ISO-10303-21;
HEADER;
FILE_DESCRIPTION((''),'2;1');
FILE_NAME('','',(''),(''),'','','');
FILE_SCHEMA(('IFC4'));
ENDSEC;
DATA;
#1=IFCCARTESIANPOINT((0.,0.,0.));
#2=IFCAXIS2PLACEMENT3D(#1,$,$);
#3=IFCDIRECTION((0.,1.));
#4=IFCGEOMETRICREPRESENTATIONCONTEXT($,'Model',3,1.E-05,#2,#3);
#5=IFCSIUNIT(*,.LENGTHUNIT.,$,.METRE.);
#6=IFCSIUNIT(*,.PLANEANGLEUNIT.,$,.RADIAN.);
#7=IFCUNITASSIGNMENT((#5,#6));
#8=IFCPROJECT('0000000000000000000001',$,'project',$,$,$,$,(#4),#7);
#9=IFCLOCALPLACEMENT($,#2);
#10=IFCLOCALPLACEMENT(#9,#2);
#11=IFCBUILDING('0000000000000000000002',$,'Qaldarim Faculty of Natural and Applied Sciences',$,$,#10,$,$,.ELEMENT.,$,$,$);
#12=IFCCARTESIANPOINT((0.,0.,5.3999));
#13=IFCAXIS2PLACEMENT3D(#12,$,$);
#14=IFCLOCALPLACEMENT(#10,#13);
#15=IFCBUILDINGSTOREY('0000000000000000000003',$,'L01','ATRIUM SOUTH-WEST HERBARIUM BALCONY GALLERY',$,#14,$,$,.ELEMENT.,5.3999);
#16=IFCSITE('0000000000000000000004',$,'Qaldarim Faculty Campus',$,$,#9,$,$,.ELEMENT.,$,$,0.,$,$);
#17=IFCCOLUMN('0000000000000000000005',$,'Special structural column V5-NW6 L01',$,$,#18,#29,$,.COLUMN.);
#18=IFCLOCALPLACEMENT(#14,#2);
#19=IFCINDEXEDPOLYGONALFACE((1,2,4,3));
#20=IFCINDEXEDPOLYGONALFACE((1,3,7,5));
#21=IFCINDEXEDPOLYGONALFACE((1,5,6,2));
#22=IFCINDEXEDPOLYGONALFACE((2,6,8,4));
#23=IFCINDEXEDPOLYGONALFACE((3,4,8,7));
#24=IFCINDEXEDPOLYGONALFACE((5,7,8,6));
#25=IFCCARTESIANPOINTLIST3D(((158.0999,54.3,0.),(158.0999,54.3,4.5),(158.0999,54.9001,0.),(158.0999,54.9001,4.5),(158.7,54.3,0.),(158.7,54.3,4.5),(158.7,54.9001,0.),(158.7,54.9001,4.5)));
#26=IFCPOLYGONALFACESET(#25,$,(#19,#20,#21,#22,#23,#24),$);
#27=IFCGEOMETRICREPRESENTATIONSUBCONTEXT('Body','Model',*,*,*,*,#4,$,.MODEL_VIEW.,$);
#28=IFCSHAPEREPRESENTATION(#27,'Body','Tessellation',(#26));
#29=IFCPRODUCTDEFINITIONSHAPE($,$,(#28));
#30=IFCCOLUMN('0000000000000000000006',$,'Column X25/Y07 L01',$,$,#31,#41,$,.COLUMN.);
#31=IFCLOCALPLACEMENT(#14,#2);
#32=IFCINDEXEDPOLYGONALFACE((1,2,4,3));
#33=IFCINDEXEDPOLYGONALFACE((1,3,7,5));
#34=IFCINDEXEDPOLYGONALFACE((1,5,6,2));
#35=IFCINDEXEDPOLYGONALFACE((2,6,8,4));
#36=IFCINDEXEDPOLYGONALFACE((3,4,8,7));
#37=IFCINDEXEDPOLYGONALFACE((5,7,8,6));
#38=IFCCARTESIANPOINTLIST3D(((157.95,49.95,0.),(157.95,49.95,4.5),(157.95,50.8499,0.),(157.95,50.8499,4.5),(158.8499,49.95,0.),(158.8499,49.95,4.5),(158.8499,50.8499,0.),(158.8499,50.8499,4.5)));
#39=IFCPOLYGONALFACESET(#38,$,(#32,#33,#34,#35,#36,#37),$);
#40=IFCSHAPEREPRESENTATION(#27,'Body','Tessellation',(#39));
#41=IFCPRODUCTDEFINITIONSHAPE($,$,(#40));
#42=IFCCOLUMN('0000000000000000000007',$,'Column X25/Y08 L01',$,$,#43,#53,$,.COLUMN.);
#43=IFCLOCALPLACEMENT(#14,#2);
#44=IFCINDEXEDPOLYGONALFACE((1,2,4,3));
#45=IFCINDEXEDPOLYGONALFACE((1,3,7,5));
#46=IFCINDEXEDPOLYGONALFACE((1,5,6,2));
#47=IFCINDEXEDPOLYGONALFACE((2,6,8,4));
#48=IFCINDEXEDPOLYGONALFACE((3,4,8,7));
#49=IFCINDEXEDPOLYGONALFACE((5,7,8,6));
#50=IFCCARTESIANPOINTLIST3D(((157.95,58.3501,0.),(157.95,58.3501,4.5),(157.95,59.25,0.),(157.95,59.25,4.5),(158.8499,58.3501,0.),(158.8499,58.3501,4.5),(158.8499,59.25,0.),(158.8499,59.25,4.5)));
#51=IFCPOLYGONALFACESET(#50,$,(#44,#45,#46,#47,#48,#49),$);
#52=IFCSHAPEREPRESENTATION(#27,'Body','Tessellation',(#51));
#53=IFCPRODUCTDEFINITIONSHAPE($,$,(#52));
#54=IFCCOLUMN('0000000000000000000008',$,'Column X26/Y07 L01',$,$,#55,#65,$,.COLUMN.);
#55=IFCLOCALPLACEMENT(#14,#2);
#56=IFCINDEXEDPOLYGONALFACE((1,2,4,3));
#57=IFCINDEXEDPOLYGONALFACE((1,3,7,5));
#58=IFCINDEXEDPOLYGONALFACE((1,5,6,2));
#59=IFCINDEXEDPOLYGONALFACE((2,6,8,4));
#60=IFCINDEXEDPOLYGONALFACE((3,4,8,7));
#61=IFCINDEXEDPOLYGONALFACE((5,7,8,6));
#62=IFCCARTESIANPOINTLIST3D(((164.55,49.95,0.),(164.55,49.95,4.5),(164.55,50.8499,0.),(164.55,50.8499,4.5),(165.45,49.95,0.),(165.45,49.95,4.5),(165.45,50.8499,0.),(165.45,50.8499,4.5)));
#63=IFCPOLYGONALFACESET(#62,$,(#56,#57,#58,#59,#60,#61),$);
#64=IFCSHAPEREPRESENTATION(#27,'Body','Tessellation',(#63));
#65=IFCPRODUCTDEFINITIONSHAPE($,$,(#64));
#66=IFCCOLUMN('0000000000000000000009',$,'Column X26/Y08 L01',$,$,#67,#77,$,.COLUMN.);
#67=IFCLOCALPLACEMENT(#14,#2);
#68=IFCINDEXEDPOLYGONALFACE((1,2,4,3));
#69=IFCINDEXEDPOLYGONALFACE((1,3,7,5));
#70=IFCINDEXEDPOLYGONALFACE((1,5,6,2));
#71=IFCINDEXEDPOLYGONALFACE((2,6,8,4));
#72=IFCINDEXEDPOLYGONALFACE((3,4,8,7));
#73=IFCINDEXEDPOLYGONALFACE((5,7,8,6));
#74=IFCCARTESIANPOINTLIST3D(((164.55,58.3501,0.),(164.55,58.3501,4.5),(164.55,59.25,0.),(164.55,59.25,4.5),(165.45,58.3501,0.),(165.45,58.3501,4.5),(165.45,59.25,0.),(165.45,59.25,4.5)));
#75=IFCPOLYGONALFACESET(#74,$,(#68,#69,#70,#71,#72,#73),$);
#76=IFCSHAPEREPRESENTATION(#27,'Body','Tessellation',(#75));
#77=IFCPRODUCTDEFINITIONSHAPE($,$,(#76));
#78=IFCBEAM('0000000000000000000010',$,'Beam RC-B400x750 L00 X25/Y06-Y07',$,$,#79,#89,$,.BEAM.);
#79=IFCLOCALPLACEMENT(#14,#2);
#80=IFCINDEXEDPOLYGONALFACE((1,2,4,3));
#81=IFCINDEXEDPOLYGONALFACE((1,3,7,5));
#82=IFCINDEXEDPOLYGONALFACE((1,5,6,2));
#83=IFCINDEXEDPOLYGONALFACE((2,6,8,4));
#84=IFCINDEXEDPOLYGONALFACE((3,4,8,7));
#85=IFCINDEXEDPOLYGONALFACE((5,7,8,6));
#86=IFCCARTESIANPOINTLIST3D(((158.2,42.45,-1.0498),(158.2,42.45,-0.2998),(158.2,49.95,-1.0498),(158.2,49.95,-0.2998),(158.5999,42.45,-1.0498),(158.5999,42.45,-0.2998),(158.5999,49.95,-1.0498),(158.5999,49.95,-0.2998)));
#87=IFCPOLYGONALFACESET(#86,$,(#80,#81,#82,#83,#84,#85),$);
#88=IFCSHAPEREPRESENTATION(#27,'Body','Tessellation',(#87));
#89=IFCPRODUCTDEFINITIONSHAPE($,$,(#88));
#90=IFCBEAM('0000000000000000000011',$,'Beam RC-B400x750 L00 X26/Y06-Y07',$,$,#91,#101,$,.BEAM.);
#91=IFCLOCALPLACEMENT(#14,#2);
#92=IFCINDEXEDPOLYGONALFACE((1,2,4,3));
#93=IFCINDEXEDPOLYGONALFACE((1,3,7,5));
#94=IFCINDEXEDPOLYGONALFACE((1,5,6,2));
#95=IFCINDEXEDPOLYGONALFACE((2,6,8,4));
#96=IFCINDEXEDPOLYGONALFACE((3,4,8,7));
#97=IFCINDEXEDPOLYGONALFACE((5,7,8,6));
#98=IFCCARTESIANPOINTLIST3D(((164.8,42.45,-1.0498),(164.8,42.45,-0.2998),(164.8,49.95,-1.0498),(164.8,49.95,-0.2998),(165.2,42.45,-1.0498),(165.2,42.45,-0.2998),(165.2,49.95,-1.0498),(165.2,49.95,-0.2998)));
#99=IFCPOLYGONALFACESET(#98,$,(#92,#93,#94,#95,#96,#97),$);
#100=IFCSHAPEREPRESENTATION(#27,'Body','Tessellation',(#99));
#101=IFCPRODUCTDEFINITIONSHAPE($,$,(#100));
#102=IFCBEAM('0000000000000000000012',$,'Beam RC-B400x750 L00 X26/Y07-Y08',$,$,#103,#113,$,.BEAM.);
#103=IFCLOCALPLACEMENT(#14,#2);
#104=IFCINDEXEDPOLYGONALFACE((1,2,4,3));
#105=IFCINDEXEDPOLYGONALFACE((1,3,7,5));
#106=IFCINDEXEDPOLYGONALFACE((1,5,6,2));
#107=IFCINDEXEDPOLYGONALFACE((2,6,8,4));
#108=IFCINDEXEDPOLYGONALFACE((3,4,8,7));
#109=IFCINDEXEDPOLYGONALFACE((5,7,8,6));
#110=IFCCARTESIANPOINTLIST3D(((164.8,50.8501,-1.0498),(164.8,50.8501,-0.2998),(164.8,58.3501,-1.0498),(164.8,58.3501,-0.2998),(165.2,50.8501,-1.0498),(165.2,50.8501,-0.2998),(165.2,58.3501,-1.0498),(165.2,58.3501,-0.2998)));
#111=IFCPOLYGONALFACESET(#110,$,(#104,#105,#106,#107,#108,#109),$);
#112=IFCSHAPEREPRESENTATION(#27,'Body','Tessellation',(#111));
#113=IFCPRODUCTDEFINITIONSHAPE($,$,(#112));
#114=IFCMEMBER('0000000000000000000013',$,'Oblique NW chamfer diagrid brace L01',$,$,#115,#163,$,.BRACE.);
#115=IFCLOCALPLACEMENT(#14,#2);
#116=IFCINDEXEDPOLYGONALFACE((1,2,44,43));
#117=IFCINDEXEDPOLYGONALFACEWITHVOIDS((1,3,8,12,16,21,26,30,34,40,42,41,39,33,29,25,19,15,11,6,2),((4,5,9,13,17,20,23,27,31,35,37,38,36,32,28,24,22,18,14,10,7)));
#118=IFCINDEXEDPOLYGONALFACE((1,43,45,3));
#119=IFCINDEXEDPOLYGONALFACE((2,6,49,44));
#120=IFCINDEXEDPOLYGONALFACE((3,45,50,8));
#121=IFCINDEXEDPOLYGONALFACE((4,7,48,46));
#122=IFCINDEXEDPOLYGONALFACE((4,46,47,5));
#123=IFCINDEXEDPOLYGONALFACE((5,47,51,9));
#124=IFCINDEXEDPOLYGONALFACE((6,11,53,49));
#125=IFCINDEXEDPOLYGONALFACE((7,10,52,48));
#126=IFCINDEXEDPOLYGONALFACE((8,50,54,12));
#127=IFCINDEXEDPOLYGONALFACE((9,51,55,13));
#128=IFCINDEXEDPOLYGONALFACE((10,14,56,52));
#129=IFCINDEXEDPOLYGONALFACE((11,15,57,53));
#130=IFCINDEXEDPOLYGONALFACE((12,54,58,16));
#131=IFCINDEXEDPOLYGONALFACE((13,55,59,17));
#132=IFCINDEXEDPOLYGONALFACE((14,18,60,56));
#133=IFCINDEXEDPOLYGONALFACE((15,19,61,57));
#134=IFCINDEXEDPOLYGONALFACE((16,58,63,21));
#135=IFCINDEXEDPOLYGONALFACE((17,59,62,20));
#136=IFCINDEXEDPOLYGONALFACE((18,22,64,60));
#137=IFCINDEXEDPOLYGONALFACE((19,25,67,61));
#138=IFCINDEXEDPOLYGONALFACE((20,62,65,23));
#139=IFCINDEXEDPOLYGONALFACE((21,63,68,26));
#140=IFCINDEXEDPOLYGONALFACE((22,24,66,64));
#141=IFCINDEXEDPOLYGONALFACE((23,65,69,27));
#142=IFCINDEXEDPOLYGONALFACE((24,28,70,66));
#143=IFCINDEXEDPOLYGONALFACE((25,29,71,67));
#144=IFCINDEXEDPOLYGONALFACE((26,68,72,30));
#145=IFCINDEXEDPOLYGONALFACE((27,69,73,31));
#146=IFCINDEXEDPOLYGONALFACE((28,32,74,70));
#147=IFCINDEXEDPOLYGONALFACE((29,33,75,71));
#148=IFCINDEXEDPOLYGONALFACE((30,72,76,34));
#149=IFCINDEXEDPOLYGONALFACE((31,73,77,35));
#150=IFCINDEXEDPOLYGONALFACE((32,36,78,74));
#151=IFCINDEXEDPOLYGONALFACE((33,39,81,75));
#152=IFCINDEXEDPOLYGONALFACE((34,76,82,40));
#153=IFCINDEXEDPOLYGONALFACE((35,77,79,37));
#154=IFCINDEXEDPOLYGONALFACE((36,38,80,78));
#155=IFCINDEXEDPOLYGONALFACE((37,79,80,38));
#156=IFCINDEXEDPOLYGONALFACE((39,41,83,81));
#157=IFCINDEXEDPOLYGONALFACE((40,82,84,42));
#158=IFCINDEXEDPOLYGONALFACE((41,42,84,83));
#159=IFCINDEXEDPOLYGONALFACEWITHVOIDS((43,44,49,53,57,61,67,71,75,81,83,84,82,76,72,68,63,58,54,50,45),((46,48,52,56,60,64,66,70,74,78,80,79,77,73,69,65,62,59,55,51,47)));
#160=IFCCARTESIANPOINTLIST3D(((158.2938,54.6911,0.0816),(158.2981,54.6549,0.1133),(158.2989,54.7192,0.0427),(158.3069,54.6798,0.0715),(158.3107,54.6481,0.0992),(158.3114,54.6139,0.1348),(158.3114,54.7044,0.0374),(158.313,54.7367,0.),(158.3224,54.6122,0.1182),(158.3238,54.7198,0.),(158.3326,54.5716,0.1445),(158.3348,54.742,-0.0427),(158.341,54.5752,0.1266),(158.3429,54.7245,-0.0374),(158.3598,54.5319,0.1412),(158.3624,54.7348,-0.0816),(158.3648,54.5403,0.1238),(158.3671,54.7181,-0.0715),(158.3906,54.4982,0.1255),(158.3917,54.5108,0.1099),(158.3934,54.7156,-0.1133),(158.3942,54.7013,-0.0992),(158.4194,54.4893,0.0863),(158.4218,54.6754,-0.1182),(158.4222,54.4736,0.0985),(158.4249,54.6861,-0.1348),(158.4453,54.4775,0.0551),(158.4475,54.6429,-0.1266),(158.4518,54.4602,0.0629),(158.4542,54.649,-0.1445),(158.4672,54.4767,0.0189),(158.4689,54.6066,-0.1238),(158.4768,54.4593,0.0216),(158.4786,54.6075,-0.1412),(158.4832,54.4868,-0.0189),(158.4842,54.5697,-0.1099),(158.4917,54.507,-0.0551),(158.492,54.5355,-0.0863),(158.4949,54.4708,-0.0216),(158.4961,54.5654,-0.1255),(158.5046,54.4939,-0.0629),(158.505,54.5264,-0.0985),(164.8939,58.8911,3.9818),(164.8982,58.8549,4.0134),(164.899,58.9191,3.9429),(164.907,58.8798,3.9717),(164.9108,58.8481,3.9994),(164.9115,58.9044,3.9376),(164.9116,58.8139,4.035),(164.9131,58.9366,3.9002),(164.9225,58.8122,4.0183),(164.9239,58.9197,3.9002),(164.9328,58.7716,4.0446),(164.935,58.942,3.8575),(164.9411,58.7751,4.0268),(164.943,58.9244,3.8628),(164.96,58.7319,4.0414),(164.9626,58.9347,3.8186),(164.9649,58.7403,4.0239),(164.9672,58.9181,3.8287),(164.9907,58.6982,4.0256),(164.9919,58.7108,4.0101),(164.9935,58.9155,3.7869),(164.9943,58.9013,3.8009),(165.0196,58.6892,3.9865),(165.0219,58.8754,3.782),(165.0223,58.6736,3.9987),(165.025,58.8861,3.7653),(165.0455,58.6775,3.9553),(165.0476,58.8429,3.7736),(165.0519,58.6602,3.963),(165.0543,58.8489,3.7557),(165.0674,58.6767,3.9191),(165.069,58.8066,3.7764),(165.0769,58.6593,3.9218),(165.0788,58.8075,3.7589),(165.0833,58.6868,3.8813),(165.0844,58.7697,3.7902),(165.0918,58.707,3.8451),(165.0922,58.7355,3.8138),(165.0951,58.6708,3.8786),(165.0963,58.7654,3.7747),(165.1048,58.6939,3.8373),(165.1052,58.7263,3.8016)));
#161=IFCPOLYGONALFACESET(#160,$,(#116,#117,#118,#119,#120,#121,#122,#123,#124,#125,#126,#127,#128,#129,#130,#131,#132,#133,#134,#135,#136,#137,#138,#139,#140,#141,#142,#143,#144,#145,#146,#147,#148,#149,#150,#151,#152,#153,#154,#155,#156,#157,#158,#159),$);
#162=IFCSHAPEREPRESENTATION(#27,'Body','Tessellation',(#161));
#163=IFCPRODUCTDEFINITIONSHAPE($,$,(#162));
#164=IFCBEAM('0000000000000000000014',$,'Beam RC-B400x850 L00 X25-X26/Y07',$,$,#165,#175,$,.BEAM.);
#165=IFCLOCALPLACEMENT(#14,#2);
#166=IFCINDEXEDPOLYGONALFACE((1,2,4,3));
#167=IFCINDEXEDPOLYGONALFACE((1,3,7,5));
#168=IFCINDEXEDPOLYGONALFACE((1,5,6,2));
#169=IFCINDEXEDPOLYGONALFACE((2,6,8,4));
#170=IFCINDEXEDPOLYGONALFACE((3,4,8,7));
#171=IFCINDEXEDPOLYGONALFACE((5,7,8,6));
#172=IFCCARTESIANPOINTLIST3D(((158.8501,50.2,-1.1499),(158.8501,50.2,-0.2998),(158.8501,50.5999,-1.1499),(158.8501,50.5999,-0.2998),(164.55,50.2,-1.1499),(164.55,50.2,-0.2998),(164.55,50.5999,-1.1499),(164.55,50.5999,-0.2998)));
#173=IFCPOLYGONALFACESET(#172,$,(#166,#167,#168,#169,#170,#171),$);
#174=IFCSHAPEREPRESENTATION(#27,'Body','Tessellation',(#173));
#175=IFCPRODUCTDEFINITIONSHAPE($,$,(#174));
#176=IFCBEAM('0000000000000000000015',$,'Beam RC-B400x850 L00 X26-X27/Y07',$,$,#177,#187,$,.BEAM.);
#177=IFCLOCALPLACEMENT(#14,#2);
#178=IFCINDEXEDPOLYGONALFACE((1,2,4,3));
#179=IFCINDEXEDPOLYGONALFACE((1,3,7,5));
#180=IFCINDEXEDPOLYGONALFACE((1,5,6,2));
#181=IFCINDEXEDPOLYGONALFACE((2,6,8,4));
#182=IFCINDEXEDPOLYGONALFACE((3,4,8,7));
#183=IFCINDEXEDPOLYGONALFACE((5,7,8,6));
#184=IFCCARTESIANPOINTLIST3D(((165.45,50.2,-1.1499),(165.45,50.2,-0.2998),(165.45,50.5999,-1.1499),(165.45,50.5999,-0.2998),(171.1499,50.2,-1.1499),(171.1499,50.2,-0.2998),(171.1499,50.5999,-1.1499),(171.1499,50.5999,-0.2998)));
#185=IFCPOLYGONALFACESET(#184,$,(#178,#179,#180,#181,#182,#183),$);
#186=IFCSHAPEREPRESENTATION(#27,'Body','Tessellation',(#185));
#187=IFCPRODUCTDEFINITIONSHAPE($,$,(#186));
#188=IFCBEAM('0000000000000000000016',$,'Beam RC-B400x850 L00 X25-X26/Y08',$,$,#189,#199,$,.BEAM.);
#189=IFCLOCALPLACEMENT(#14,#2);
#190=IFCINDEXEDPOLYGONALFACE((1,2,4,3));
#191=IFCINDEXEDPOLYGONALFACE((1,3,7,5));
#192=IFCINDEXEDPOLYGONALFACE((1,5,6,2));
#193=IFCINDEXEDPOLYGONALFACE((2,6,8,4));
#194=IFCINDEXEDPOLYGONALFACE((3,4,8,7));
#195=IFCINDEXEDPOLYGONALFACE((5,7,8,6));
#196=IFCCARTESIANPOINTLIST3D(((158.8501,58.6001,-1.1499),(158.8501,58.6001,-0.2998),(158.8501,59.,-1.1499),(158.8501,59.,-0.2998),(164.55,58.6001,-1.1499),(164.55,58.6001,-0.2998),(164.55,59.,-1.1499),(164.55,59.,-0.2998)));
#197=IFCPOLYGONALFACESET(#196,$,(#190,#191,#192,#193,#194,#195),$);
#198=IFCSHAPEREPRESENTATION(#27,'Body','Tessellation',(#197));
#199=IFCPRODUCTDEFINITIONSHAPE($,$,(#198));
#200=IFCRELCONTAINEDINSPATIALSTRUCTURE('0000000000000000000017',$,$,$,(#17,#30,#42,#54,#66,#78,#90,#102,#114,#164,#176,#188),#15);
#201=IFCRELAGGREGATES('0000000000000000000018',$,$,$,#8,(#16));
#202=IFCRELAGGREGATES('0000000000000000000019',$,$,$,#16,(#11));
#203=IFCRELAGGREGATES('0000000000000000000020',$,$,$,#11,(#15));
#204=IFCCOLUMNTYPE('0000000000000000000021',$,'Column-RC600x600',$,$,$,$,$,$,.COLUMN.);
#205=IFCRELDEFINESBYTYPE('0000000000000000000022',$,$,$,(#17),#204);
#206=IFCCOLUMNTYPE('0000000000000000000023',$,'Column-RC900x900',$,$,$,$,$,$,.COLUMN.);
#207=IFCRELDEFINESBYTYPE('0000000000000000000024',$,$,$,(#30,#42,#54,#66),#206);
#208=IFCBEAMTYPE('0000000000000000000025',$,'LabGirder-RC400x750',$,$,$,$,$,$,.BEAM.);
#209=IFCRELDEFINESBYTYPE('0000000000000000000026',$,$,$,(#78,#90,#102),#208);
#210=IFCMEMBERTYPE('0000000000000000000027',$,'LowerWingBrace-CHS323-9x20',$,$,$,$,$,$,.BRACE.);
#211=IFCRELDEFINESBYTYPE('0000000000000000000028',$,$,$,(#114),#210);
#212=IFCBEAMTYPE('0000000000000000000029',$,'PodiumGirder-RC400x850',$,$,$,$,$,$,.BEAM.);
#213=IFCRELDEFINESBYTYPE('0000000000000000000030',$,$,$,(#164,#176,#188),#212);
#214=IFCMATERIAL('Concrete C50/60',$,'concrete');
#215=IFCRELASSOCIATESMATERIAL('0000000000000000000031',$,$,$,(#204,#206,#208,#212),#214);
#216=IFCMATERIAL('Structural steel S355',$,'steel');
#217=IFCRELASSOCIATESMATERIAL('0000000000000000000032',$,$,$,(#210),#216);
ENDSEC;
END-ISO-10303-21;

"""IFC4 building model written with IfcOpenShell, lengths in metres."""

from ifc_helpers import new_model, si_unit, direction, frame, origin, origin_2d, place, context, subcontext, project, spatial, rectangle, hollow_circle, extrude, material, material_profile, profile_set, type_object, element, save


model = new_model("IFC4")

# Units and contexts
model_context = context("Model", 3, precision=1e-05, world=origin(), true_north=direction((0.0, 1.0)))
body_context = subcontext(model_context, "Body", "Model", "MODEL_VIEW")
ifc_project = project(units=[si_unit("LENGTHUNIT", "METRE"), si_unit("PLANEANGLEUNIT", "RADIAN")], contexts=[model_context])

# Site, building, storey
site_placement = place(None, origin())
site = spatial("IfcSite", under=ifc_project, at=site_placement, Name="Qaldarim Faculty Campus", CompositionType="ELEMENT", RefElevation=0.0)
building_placement = place(site_placement, origin())
building = spatial("IfcBuilding", under=site, at=building_placement, Name="Qaldarim Faculty of Natural and Applied Sciences", CompositionType="ELEMENT")
storey_placement = place(building_placement, frame((0.0, 0.0, 5.3999)))
storey = spatial("IfcBuildingStorey", under=building, at=storey_placement, Name="L01", Description="ATRIUM SOUTH-WEST HERBARIUM BALCONY GALLERY", CompositionType="ELEMENT", Elevation=5.3999)

# Columns
ifc_material_1 = material(Name="Concrete C50/60", Category="concrete")
ifc_material_profile_1 = material_profile(ifc_material_1, rectangle(XDim=0.6001, YDim=0.6001, at=origin_2d()), Name="RC-C600x600")
ifc_profile_set_1 = profile_set([ifc_material_profile_1], Name="Concrete C50/60")
column_type_1 = type_object("IfcColumnType", Name="Column-RC600x600", PredefinedType="COLUMN", material=ifc_profile_set_1)
column_placement = place(storey_placement, frame((158.3999, 54.6001, 0.0), z_axis=(0.0, 0.0, 1.0), x_axis=(1.0, 0.0, 0.0)))
element("IfcColumn", 1, at=column_placement, inside=storey, type_object=column_type_1, Name="Special structural column V5-NW6 L01", PredefinedType="COLUMN", context=body_context, shape_type="SweptSolid", body=[
    extrude(rectangle(XDim=0.6001, YDim=0.6001, at=origin_2d()), origin(), (0.0, 0.0, 1.0), 4.5),
])
ifc_material_profile_2 = material_profile(ifc_material_1, rectangle(XDim=0.8999, YDim=0.8999, at=origin_2d()), Name="RC-C900x900")
ifc_profile_set_2 = profile_set([ifc_material_profile_2], Name="Concrete C50/60")
column_type_2 = type_object("IfcColumnType", Name="Column-RC900x900", PredefinedType="COLUMN", material=ifc_profile_set_2)
for number, where, z_axis, x_axis, name in (
    (2, (158.3999, 50.3999, 0.0), (0.0, 0.0, 1.0), (1.0, 0.0, 0.0), "Column X25/Y07 L01"),
    (3, (158.3999, 58.8, 0.0), (0.0, 0.0, 1.0), (1.0, 0.0, 0.0), "Column X25/Y08 L01"),
    (4, (165.0, 50.3999, 0.0), (0.0, 0.0, 1.0), (1.0, 0.0, 0.0), "Column X26/Y07 L01"),
    (5, (165.0, 58.8, 0.0), (0.0, 0.0, 1.0), (1.0, 0.0, 0.0), "Column X26/Y08 L01"),
):
    element("IfcColumn", number, at=place(storey_placement, frame(where, z_axis=z_axis, x_axis=x_axis)), inside=storey, type_object=column_type_2, Name=name, PredefinedType="COLUMN", context=body_context, shape_type="SweptSolid", body=[
        extrude(rectangle(XDim=0.8999, YDim=0.8999, at=origin_2d()), origin(), (0.0, 0.0, 1.0), 4.5),
    ])

# Beams
ifc_material_profile_3 = material_profile(ifc_material_1, rectangle(XDim=0.3999, YDim=0.75, at=origin_2d()), Name="RC-B400x750")
ifc_profile_set_3 = profile_set([ifc_material_profile_3], Name="Concrete C50/60")
beam_type_1 = type_object("IfcBeamType", Name="LabGirder-RC400x750", PredefinedType="BEAM", material=ifc_profile_set_3)
for number, where, z_axis, x_axis, name in (
    (6, (158.3999, 42.45, -0.6748), (0.0, 1.0, 0.0), (-1.0, 0.0, 0.0), "Beam RC-B400x750 L00 X25/Y06-Y07"),
    (7, (165.0, 42.45, -0.6748), (0.0, 1.0, 0.0), (-1.0, 0.0, 0.0), "Beam RC-B400x750 L00 X26/Y06-Y07"),
    (8, (165.0, 50.8501, -0.6748), (0.0, 1.0, 0.0), (-1.0, 0.0, 0.0), "Beam RC-B400x750 L00 X26/Y07-Y08"),
):
    element("IfcBeam", number, at=place(storey_placement, frame(where, z_axis=z_axis, x_axis=x_axis)), inside=storey, type_object=beam_type_1, Name=name, PredefinedType="BEAM", context=body_context, shape_type="SweptSolid", body=[
        extrude(rectangle(XDim=0.3999, YDim=0.75, at=origin_2d()), origin(), (0.0, 0.0, 1.0), 7.5),
    ])

# Member
ifc_material_2 = material(Name="Structural steel S355", Category="steel")
ifc_material_profile_4 = material_profile(ifc_material_2, hollow_circle(Radius=0.1619, WallThickness=0.02, at=origin_2d()), Name="CHS 323.9x20.0")
ifc_profile_set_4 = profile_set([ifc_material_profile_4], Name="Structural steel S355")
member_type = type_object("IfcMemberType", Name="LowerWingBrace-CHS323-9x20", PredefinedType="BRACE", material=ifc_profile_set_4)
member_placement = place(storey_placement, frame((158.3999, 54.6001, 0.0), z_axis=(0.755039, 0.480467, 0.44617), x_axis=(-0.536865, 0.843668, 0.0)))
element("IfcMember", 9, at=member_placement, inside=storey, type_object=member_type, Name="Oblique NW chamfer diagrid brace L01", PredefinedType="BRACE", context=body_context, shape_type="SweptSolid", body=[
    extrude(hollow_circle(Radius=0.1619, WallThickness=0.02, at=origin_2d()), origin(), (0.0, 0.0, 1.0), 8.7415),
])

# Beams
ifc_material_profile_5 = material_profile(ifc_material_1, rectangle(XDim=0.3999, YDim=0.8501, at=origin_2d()), Name="RC-B400x850")
ifc_profile_set_5 = profile_set([ifc_material_profile_5], Name="Concrete C50/60")
beam_type_2 = type_object("IfcBeamType", Name="PodiumGirder-RC400x850", PredefinedType="BEAM", material=ifc_profile_set_5)
for number, where, z_axis, x_axis, name in (
    (10, (158.8501, 50.3999, -0.7249), (1.0, 0.0, 0.0), (0.0, 1.0, 0.0), "Beam RC-B400x850 L00 X25-X26/Y07"),
    (11, (165.45, 50.3999, -0.7249), (1.0, 0.0, 0.0), (0.0, 1.0, 0.0), "Beam RC-B400x850 L00 X26-X27/Y07"),
    (12, (158.8501, 58.8, -0.7249), (1.0, 0.0, 0.0), (0.0, 1.0, 0.0), "Beam RC-B400x850 L00 X25-X26/Y08"),
):
    element("IfcBeam", number, at=place(storey_placement, frame(where, z_axis=z_axis, x_axis=x_axis)), inside=storey, type_object=beam_type_2, Name=name, PredefinedType="BEAM", context=body_context, shape_type="SweptSolid", body=[
        extrude(rectangle(XDim=0.3999, YDim=0.8501, at=origin_2d()), origin(), (0.0, 0.0, 1.0), 5.7),
    ])

save(model, "model.ifc")
